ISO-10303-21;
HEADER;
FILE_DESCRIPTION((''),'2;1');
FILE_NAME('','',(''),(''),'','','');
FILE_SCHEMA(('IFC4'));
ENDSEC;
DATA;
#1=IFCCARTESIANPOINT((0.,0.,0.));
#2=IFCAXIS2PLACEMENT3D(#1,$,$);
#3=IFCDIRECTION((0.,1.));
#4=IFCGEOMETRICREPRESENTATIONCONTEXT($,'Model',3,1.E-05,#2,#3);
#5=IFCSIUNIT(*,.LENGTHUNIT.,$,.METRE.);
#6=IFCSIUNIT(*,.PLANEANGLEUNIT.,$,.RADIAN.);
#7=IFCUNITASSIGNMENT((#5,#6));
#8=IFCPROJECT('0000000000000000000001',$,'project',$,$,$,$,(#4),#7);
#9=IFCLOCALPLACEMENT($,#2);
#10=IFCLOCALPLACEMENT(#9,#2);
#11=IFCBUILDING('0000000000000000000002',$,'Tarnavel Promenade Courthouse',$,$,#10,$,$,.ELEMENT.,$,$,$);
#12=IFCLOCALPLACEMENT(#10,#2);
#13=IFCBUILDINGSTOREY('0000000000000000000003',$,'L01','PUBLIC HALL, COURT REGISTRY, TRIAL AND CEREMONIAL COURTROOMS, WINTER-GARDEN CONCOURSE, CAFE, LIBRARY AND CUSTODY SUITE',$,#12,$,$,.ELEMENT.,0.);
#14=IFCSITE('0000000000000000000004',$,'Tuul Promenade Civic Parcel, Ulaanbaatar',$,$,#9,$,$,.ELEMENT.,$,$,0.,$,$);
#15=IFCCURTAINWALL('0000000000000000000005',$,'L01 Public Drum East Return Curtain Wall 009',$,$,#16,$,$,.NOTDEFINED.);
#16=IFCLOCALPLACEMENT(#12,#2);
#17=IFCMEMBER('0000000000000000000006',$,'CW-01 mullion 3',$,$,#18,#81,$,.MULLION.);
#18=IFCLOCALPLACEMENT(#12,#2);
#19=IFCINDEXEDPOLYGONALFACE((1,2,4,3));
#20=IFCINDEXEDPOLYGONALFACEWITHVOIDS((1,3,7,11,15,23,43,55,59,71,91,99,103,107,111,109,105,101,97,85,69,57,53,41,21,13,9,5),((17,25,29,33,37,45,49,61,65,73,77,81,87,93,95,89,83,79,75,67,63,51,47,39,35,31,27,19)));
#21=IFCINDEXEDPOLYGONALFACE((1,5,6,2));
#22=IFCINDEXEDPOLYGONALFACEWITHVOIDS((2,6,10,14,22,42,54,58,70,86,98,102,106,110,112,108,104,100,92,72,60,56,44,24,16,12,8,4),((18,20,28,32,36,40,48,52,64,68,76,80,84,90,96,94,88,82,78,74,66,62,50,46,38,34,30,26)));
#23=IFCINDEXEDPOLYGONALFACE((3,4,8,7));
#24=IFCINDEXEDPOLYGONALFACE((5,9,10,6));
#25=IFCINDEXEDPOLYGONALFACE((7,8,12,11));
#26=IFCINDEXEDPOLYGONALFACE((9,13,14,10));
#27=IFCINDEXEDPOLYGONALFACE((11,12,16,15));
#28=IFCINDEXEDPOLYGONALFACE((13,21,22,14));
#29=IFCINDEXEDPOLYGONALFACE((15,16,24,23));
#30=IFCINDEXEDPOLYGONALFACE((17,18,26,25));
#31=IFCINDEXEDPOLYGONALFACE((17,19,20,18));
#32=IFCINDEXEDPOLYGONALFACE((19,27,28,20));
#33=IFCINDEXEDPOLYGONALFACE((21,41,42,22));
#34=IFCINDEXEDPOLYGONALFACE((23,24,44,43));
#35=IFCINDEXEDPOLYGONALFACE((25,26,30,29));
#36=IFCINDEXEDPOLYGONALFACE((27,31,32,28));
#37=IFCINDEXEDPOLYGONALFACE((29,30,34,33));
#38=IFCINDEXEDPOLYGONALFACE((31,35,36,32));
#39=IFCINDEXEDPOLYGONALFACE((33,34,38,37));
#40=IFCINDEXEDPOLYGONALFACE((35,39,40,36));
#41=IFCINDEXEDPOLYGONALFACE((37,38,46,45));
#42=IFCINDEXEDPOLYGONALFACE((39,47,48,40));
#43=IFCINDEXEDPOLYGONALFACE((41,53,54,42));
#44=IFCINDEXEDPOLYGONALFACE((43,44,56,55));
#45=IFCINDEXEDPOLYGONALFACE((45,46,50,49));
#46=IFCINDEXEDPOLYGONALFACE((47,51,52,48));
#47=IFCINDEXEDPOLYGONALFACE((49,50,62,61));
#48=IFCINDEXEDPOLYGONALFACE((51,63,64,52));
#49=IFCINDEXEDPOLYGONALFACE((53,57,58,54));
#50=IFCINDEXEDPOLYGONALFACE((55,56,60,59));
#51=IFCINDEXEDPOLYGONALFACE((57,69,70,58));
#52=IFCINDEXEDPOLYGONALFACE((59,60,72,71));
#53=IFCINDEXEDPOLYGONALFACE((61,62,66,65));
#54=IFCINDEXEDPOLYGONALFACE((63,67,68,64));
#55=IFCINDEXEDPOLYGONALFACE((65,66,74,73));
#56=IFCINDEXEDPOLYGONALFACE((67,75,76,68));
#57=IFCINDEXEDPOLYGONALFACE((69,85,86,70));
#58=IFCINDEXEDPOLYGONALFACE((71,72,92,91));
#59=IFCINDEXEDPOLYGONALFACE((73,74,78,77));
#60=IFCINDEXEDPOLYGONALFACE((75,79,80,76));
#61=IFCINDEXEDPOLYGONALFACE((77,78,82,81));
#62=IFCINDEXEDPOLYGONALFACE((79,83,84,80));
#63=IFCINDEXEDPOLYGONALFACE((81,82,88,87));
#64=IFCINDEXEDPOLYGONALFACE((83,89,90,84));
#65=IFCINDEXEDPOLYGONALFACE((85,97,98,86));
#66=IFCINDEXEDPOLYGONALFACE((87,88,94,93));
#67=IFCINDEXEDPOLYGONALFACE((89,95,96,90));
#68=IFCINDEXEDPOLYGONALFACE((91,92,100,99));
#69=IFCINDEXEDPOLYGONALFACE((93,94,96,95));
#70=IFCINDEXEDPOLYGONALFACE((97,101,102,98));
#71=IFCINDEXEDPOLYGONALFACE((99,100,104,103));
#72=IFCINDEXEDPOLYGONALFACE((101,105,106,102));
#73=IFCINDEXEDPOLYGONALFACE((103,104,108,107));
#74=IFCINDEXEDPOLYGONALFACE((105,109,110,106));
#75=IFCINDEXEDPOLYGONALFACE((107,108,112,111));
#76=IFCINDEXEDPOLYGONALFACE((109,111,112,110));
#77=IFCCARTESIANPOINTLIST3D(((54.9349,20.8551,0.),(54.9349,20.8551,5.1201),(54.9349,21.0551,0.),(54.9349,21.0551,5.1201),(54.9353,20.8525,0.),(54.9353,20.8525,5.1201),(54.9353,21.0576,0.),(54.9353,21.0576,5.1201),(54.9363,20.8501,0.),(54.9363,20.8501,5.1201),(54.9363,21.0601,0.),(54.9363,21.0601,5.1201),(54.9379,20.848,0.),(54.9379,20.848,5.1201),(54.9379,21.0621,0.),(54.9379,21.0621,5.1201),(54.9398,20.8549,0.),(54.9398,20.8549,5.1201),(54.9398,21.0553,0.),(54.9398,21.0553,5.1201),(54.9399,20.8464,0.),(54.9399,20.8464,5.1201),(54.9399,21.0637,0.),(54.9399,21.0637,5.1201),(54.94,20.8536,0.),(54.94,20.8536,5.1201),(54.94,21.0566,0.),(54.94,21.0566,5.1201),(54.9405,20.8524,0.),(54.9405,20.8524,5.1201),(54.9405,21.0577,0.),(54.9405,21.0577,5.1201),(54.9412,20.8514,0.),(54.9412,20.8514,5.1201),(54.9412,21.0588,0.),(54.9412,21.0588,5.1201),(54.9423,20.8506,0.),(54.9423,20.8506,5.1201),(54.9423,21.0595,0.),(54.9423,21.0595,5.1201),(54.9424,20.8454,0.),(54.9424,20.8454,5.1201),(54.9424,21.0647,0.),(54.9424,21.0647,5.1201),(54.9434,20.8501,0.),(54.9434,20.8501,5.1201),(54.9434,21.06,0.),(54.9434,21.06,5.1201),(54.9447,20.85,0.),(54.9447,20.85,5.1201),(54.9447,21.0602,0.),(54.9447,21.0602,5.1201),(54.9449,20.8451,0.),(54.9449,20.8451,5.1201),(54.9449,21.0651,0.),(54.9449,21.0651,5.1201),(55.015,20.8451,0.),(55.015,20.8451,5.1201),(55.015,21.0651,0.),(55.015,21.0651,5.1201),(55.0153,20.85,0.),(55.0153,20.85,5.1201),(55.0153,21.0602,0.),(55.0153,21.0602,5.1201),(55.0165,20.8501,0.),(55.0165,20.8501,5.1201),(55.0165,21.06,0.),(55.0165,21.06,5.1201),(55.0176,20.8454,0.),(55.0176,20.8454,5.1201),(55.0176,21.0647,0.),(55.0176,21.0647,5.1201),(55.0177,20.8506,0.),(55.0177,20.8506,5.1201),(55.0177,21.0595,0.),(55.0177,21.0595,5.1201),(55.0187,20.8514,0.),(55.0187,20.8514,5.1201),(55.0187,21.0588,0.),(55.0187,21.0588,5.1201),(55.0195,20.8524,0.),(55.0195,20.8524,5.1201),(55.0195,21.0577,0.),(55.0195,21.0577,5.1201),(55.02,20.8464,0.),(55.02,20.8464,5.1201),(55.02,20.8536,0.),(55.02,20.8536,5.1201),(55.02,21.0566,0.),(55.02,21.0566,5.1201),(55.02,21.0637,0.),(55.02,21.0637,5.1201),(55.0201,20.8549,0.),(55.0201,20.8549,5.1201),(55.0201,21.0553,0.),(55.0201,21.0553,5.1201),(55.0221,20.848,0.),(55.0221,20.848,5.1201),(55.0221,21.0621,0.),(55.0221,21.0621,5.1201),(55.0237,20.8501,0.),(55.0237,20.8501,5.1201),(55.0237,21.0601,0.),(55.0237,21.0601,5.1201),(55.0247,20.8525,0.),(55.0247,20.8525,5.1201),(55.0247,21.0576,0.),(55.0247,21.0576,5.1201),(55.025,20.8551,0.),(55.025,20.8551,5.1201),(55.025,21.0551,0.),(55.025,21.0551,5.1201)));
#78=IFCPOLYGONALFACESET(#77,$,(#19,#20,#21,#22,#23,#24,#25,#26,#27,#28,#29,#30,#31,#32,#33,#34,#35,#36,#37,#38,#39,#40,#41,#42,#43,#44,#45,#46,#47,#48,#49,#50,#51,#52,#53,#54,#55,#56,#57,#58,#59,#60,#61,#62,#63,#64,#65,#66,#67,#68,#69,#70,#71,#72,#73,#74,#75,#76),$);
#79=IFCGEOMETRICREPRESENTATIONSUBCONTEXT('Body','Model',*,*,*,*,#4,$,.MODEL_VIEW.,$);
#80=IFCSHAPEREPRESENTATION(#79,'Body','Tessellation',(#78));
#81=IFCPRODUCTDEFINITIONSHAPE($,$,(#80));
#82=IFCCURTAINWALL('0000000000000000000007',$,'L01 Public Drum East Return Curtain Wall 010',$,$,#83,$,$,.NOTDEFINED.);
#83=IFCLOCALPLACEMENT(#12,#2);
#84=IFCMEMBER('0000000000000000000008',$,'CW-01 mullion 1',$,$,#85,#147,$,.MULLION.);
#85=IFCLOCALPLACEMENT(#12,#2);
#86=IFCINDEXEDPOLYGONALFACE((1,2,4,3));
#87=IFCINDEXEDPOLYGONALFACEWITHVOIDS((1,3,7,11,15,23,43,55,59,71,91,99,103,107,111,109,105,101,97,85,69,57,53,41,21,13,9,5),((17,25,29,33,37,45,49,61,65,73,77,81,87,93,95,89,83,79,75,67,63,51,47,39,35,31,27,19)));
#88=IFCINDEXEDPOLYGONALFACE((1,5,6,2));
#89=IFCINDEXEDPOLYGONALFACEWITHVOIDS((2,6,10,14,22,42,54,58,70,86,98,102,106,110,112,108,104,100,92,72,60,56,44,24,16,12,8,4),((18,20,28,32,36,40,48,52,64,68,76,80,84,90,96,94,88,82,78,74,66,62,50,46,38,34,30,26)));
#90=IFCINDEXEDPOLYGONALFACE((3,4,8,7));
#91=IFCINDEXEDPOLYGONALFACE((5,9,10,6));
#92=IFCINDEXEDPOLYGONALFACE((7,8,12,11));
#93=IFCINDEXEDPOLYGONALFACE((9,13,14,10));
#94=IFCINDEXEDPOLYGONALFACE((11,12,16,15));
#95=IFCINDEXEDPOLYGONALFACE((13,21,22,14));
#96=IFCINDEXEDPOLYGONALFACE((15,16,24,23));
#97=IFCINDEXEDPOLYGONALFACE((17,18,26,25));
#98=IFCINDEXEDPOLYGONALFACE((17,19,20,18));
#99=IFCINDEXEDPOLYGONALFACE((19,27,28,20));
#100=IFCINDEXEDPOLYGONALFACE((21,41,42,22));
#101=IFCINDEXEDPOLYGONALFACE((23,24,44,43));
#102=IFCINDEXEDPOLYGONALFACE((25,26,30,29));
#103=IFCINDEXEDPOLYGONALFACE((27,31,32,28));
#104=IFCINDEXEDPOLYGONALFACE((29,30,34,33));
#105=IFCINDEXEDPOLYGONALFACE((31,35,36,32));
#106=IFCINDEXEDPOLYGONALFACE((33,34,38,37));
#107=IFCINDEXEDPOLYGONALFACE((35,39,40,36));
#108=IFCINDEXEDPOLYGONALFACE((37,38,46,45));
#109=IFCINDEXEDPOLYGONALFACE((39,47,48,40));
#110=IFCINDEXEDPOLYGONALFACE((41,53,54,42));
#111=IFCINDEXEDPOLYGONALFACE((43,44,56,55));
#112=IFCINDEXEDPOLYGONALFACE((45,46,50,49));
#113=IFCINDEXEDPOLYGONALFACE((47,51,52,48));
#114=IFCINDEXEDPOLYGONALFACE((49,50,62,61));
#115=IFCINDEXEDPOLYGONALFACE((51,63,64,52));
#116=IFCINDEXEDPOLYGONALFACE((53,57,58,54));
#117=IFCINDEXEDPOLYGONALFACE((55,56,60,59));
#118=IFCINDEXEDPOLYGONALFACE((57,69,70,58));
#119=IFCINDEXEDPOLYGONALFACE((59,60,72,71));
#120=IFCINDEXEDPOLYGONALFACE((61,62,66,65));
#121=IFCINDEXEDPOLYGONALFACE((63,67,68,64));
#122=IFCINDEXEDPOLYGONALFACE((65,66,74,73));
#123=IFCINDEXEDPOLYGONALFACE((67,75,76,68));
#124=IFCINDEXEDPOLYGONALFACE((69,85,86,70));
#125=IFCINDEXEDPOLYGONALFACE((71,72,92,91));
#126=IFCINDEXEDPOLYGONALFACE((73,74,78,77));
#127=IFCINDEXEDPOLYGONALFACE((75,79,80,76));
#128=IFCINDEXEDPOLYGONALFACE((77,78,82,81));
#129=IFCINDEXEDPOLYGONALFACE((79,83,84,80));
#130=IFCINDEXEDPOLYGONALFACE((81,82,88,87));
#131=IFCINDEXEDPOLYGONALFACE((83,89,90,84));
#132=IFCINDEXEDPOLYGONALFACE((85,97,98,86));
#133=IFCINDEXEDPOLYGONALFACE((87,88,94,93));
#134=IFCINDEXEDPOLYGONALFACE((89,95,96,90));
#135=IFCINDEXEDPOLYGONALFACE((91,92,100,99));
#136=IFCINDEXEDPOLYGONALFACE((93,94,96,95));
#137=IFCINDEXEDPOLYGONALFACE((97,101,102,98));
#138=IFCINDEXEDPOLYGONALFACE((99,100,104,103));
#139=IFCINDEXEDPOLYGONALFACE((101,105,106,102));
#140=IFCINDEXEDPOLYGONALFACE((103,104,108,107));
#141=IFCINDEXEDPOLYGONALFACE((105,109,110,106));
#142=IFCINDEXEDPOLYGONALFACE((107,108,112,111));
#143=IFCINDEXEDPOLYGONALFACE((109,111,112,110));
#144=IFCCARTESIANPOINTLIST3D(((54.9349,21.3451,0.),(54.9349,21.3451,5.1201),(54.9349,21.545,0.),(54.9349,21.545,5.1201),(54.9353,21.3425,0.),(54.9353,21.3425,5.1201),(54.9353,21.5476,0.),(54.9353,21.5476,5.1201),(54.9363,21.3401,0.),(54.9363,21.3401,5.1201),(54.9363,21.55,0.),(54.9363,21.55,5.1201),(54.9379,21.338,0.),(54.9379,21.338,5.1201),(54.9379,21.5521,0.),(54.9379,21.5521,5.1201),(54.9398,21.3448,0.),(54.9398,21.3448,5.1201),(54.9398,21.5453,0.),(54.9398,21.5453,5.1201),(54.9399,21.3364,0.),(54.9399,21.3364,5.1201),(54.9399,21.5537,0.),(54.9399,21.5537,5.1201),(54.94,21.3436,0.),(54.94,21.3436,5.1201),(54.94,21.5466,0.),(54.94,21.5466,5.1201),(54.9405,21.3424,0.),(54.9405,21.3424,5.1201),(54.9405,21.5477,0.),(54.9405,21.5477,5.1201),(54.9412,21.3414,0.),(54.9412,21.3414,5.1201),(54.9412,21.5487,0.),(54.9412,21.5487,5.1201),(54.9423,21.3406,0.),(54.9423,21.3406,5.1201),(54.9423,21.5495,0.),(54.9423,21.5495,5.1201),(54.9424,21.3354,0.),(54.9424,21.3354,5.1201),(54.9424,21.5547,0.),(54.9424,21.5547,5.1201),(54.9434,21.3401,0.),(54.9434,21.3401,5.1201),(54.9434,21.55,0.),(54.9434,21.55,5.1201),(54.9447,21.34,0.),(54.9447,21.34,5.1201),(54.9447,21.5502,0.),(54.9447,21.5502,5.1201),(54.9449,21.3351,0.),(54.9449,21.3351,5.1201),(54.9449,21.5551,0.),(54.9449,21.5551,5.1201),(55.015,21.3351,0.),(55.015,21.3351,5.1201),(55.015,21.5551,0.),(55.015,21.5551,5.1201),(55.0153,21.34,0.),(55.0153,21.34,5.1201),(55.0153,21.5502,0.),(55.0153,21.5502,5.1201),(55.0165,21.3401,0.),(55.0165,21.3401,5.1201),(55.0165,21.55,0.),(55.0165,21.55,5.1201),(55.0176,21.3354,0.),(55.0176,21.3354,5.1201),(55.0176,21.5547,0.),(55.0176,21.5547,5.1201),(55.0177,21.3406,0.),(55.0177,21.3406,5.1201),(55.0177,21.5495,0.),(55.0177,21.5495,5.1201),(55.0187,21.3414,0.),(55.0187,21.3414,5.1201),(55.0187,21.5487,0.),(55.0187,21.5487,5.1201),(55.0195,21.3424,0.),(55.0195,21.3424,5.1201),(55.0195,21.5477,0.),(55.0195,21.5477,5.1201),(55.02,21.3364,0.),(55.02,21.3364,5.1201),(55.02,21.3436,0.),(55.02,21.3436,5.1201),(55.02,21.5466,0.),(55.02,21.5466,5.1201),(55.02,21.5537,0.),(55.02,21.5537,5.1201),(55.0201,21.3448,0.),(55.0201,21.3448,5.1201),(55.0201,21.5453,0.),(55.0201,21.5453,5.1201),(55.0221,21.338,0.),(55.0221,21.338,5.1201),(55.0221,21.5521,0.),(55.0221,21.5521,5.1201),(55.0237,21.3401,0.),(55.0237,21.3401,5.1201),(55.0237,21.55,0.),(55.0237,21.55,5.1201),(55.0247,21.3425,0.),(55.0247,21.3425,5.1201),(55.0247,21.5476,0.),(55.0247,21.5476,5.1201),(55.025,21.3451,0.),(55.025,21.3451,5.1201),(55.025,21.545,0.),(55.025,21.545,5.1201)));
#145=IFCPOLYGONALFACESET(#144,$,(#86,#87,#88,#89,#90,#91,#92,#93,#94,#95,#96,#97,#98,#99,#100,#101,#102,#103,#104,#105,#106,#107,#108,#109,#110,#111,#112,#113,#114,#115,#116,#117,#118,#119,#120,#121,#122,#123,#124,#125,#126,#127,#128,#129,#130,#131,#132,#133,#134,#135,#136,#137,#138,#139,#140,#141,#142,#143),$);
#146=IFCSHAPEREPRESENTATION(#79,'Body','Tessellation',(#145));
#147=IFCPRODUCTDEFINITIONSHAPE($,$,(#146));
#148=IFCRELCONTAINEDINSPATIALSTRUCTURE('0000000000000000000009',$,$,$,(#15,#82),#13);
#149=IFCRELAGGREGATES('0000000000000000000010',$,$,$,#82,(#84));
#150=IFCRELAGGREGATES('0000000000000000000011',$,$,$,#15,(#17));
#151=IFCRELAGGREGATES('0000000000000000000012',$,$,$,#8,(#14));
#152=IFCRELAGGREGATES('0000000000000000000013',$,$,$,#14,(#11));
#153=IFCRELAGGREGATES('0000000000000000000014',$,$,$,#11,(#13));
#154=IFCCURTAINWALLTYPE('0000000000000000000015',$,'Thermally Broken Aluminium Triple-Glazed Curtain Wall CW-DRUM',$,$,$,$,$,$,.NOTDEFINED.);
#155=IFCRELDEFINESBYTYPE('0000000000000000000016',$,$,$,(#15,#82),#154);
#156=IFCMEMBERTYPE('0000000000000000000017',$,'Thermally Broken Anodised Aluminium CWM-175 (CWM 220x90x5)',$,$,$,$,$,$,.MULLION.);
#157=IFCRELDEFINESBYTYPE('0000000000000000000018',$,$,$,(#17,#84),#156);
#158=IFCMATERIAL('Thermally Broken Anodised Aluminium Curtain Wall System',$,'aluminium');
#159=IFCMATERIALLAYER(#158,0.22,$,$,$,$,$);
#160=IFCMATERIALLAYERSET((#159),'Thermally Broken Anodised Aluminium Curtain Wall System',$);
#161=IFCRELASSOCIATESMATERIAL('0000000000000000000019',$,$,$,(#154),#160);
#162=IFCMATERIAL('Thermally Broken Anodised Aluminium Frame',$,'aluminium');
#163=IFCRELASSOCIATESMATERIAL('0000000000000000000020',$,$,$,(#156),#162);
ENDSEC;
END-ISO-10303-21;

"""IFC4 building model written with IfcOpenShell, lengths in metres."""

from ifc_helpers import new_model, si_unit, direction, frame, origin, origin_2d, place, context, subcontext, project, spatial, hollow_rectangle, extrude, material, layer, layer_set, material_profile, profile_set, type_object, element, aggregate, save


model = new_model("IFC4")

# Units and contexts
model_context = context("Model", 3, precision=1e-05, world=origin(), true_north=direction((0.0, 1.0)))
body_context = subcontext(model_context, "Body", "Model", "MODEL_VIEW")
ifc_project = project(units=[si_unit("LENGTHUNIT", "METRE"), si_unit("PLANEANGLEUNIT", "RADIAN")], contexts=[model_context])

# Site, building, storey
site_placement = place(None, origin())
site = spatial("IfcSite", under=ifc_project, at=site_placement, Name="Tuul Promenade Civic Parcel, Ulaanbaatar", CompositionType="ELEMENT", RefElevation=0.0)
building_placement = place(site_placement, origin())
building = spatial("IfcBuilding", under=site, at=building_placement, Name="Tarnavel Promenade Courthouse", CompositionType="ELEMENT")
storey_placement = place(building_placement, origin())
storey = spatial("IfcBuildingStorey", under=building, at=storey_placement, Name="L01", Description="PUBLIC HALL, COURT REGISTRY, TRIAL AND CEREMONIAL COURTROOMS, WINTER-GARDEN CONCOURSE, CAFE, LIBRARY AND CUSTODY SUITE", CompositionType="ELEMENT", Elevation=0.0)

# Curtain wall, member
ifc_material_1 = material(Name="Thermally Broken Anodised Aluminium Curtain Wall System", Category="aluminium")
ifc_layer_1 = layer(ifc_material_1, 0.22)
ifc_layer_set_1 = layer_set([ifc_layer_1], Name="Thermally Broken Anodised Aluminium Curtain Wall System")
curtain_wall_type = type_object("IfcCurtainWallType", Name="Thermally Broken Aluminium Triple-Glazed Curtain Wall CW-DRUM", PredefinedType="NOTDEFINED", material=ifc_layer_set_1)
ifc_material_2 = material(Name="Thermally Broken Anodised Aluminium Frame", Category="aluminium")
ifc_material_profile_1 = material_profile(ifc_material_2, hollow_rectangle(XDim=0.0901, YDim=0.22, WallThickness=0.0049, InnerFilletRadius=0.0049, OuterFilletRadius=0.01, at=origin_2d()), Name="CWM 220x90x5")
ifc_profile_set_1 = profile_set([ifc_material_profile_1], Name="Thermally Broken Anodised Aluminium Frame")
member_type_1 = type_object("IfcMemberType", Name="Thermally Broken Anodised Aluminium CWM-175 (CWM 220x90x5)", PredefinedType="MULLION", material=ifc_profile_set_1)
curtain_wall_1_placement = place(storey_placement, origin())
curtain_wall_1 = element("IfcCurtainWall", 1, at=curtain_wall_1_placement, inside=storey, type_object=curtain_wall_type, Name="L01 Public Drum East Return Curtain Wall 009", PredefinedType="NOTDEFINED")
member_1_placement = place(storey_placement, frame((54.98, 20.9551, 0.0), z_axis=(0.0, 0.0, 1.0), x_axis=(-1.0, 0.0, 0.0)))
member_1 = element("IfcMember", 2, at=member_1_placement, type_object=member_type_1, Name="CW-01 mullion 3", PredefinedType="MULLION", context=body_context, shape_type="SweptSolid", body=[
    extrude(hollow_rectangle(XDim=0.0901, YDim=0.22, WallThickness=0.0049, InnerFilletRadius=0.0049, OuterFilletRadius=0.01, at=origin_2d()), origin(), (0.0, 0.0, 1.0), 5.1201),
])

# Curtain wall, member
curtain_wall_2_placement = place(storey_placement, origin())
curtain_wall_2 = element("IfcCurtainWall", 3, at=curtain_wall_2_placement, inside=storey, type_object=curtain_wall_type, Name="L01 Public Drum East Return Curtain Wall 010", PredefinedType="NOTDEFINED")
member_2_placement = place(storey_placement, frame((54.98, 21.4451, 0.0), z_axis=(0.0, 0.0, 1.0), x_axis=(-1.0, 0.0, 0.0)))
member_2 = element("IfcMember", 4, at=member_2_placement, type_object=member_type_1, Name="CW-01 mullion 1", PredefinedType="MULLION", context=body_context, shape_type="SweptSolid", body=[
    extrude(hollow_rectangle(XDim=0.0901, YDim=0.22, WallThickness=0.0049, InnerFilletRadius=0.0049, OuterFilletRadius=0.01, at=origin_2d()), origin(), (0.0, 0.0, 1.0), 5.1201),
])

aggregate(curtain_wall_2, [member_2])

aggregate(curtain_wall_1, [member_1])

save(model, "model.ifc")
